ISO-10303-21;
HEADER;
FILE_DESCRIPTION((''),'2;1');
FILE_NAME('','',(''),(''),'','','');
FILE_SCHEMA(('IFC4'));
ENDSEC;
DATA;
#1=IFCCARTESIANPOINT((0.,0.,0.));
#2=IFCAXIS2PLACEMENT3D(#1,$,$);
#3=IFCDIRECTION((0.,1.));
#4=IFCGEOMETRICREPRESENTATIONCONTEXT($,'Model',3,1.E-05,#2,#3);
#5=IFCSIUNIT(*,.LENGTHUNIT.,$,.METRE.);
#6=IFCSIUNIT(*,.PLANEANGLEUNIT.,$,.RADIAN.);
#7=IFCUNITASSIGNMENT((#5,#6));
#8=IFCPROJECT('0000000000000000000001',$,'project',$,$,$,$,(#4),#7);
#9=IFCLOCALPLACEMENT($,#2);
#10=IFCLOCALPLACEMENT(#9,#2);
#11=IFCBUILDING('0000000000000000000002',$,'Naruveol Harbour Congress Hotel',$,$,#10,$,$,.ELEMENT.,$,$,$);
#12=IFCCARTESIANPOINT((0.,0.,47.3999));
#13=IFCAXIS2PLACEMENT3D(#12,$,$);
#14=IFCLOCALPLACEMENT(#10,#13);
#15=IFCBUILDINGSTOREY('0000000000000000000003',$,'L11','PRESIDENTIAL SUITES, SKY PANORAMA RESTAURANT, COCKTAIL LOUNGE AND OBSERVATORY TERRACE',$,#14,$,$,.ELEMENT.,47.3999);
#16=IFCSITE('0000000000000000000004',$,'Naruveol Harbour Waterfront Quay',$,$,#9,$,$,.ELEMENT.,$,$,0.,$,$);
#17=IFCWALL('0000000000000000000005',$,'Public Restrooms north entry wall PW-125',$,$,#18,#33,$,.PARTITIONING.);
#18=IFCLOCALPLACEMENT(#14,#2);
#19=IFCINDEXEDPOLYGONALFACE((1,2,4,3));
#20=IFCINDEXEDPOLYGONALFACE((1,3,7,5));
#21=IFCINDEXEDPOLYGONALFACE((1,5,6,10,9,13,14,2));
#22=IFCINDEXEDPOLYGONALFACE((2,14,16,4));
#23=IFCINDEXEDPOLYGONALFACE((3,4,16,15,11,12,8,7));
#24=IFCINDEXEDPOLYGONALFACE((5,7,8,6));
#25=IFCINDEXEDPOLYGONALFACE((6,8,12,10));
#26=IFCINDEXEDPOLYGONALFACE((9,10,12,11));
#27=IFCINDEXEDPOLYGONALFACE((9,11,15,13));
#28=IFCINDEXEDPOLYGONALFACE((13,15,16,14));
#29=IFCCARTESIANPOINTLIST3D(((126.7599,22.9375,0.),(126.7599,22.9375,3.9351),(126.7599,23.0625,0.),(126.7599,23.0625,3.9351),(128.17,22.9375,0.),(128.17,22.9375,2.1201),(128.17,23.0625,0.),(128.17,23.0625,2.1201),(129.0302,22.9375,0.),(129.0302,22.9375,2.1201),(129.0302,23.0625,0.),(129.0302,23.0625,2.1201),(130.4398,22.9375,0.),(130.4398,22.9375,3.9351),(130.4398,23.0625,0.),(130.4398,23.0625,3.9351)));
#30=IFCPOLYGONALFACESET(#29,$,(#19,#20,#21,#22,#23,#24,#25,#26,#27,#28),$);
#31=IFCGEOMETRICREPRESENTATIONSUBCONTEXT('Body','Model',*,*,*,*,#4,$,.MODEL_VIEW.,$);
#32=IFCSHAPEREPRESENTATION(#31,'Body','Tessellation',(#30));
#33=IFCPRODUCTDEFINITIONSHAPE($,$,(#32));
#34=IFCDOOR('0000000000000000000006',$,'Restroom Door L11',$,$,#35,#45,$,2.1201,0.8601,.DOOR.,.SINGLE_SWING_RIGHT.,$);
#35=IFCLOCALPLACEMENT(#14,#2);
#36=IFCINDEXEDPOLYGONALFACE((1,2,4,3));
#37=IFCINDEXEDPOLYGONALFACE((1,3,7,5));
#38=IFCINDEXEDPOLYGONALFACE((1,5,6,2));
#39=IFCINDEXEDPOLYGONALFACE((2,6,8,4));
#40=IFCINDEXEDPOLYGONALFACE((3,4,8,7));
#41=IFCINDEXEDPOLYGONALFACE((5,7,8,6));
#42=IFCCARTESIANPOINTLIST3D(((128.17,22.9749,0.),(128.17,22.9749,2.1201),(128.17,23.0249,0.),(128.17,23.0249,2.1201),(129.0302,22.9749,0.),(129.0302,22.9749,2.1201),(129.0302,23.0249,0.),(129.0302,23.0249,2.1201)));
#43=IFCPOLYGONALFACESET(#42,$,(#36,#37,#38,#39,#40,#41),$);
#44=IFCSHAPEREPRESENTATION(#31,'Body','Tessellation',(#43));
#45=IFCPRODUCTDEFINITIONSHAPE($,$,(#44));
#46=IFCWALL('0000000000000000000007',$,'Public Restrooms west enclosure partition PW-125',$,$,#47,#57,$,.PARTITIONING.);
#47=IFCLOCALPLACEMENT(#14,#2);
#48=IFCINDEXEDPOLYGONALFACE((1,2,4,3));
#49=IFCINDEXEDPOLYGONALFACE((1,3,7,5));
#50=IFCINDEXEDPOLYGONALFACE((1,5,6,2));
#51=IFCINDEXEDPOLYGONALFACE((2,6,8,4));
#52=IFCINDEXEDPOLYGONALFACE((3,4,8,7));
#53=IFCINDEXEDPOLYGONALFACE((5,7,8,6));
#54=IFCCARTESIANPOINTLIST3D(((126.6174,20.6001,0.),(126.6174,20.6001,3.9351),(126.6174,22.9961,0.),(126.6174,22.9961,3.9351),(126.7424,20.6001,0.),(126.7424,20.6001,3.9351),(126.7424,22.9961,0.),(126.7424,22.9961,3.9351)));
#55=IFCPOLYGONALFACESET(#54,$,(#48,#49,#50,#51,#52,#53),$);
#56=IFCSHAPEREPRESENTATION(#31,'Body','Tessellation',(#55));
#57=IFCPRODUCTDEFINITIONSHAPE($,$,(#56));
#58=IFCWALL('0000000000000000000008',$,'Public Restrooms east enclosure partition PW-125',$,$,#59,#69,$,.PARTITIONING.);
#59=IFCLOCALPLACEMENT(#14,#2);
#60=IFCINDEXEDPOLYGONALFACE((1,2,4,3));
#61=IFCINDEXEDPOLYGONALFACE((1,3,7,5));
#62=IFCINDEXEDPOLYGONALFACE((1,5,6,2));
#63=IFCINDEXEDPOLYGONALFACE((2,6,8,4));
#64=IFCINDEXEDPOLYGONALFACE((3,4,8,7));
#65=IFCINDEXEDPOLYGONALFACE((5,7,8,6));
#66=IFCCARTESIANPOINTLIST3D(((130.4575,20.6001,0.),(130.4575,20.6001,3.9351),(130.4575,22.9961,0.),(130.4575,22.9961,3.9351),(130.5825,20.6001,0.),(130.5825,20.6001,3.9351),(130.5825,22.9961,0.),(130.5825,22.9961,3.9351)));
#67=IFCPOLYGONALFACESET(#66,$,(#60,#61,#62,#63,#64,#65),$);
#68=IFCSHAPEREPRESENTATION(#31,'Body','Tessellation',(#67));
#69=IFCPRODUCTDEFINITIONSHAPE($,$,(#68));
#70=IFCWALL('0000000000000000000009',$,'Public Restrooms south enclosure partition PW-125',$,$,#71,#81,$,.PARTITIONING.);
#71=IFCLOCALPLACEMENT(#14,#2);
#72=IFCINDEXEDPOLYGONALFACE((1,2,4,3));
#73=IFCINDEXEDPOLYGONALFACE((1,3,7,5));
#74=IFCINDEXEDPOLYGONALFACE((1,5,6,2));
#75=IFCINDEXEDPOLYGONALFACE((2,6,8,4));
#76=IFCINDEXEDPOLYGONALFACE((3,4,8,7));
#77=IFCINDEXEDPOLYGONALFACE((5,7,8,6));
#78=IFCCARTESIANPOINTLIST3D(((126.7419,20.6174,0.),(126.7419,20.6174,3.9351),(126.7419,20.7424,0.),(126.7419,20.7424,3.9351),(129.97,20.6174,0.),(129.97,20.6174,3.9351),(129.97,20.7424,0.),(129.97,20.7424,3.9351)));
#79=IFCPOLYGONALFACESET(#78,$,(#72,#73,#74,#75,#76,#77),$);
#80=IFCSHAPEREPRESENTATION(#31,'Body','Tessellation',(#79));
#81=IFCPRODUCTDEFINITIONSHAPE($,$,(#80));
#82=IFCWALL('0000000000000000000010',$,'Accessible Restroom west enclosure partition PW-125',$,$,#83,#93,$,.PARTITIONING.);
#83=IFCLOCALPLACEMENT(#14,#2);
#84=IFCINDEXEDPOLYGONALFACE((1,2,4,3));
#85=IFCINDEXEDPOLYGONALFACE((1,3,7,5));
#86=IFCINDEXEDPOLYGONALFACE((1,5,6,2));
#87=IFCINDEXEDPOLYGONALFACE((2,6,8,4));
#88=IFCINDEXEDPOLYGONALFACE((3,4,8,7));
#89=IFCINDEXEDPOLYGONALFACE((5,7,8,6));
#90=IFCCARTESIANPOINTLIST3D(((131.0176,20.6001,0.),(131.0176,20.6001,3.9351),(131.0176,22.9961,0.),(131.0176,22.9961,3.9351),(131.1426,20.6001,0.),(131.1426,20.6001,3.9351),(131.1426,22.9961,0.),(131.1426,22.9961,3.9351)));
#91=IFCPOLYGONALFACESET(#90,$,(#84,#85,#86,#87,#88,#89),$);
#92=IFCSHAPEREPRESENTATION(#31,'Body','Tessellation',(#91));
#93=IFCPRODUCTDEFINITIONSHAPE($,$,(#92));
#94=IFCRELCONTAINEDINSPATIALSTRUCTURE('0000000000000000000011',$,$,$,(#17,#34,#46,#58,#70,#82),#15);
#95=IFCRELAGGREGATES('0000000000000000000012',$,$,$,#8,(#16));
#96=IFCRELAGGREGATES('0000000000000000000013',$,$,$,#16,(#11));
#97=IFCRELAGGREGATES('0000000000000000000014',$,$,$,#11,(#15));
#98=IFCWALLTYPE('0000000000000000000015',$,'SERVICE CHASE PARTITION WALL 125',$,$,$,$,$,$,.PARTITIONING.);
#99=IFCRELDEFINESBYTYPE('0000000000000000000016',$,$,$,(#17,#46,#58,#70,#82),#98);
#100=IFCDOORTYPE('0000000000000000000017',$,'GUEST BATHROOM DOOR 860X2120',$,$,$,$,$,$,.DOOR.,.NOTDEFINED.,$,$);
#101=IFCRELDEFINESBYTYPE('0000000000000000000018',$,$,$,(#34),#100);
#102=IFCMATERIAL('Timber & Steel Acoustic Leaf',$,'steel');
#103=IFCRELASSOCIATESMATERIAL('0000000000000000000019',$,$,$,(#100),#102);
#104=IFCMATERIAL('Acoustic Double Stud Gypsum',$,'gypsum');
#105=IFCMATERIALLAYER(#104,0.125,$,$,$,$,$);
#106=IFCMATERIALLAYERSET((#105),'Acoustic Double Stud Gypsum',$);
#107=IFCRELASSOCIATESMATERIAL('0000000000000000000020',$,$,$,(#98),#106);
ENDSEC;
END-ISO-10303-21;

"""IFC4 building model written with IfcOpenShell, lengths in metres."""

from ifc_helpers import new_model, si_unit, direction, frame, frame_2d, origin, place, context, subcontext, project, spatial, rectangle, extrude, material, layer, layer_set, type_object, element, fill, save


model = new_model("IFC4")

# Units and contexts
model_context = context("Model", 3, precision=1e-05, world=origin(), true_north=direction((0.0, 1.0)))
body_context = subcontext(model_context, "Body", "Model", "MODEL_VIEW")
ifc_project = project(units=[si_unit("LENGTHUNIT", "METRE"), si_unit("PLANEANGLEUNIT", "RADIAN")], contexts=[model_context])

# Site, building, storey
site_placement = place(None, origin())
site = spatial("IfcSite", under=ifc_project, at=site_placement, Name="Naruveol Harbour Waterfront Quay", CompositionType="ELEMENT", RefElevation=0.0)
building_placement = place(site_placement, origin())
building = spatial("IfcBuilding", under=site, at=building_placement, Name="Naruveol Harbour Congress Hotel", CompositionType="ELEMENT")
storey_placement = place(building_placement, frame((0.0, 0.0, 47.3999)))
storey = spatial("IfcBuildingStorey", under=building, at=storey_placement, Name="L11", Description="PRESIDENTIAL SUITES, SKY PANORAMA RESTAURANT, COCKTAIL LOUNGE AND OBSERVATORY TERRACE", CompositionType="ELEMENT", Elevation=47.3999)

# Shared definitions
ifc_material_1 = material(Name="Timber & Steel Acoustic Leaf", Category="steel")
door_type_1 = type_object("IfcDoorType", Name="GUEST BATHROOM DOOR 860X2120", OperationType="NOTDEFINED", PredefinedType="DOOR", material=ifc_material_1)

# Wall, opening, door
ifc_material_2 = material(Name="Acoustic Double Stud Gypsum", Category="gypsum")
ifc_layer_1 = layer(ifc_material_2, 0.125)
ifc_layer_set_1 = layer_set([ifc_layer_1], Name="Acoustic Double Stud Gypsum")
wall_type_1 = type_object("IfcWallType", Name="SERVICE CHASE PARTITION WALL 125", PredefinedType="PARTITIONING", material=ifc_layer_set_1)
wall_1_placement = place(storey_placement, frame((126.76, 23.0, 0.0), z_axis=(0.0, 0.0, 1.0), x_axis=(1.0, 0.0, 0.0)))
wall_1 = element("IfcWall", 1, at=wall_1_placement, inside=storey, type_object=wall_type_1, Name="Public Restrooms north entry wall PW-125", PredefinedType="PARTITIONING", context=body_context, shape_type="SweptSolid", body=[
    extrude(rectangle(XDim=3.6799, YDim=0.125, at=frame_2d((1.8398, 0.0))), origin(), (0.0, 0.0, 1.0), 3.9351),
])
opening_1_placement = place(wall_1_placement, frame((1.4099, 0.0, 0.0)))
opening_1 = element("IfcOpeningElement", 2, at=opening_1_placement, cuts=wall_1, PredefinedType="OPENING", context=body_context, shape_type="SweptSolid", body=[
    extrude(rectangle(XDim=0.8601, YDim=2.1201, at=frame_2d((0.4302, 1.0601))), frame((0.0, 0.0725, 0.0), z_axis=(0.0, -1.0, 0.0), x_axis=(1.0, 0.0, 0.0)), (0.0, 0.0, 1.0), 0.145),
])
door_1_placement = place(opening_1_placement, origin())
door_1 = element("IfcDoor", 3, at=door_1_placement, inside=storey, type_object=door_type_1, Name="Restroom Door L11", OperationType="SINGLE_SWING_RIGHT", OverallHeight=2.1201, OverallWidth=0.8601, PredefinedType="DOOR", context=body_context, shape_type="SweptSolid", body=[
    extrude(rectangle(XDim=0.8601, YDim=2.1201, at=frame_2d((0.4302, 1.0601))), frame((0.0, 0.0249, 0.0), z_axis=(0.0, -1.0, 0.0), x_axis=(1.0, 0.0, 0.0)), (0.0, 0.0, 1.0), 0.05),
])
fill(opening_1, door_1)

# Walls
for number, where, z_axis, x_axis, name in (
    (4, (126.6799, 20.6001, 0.0), (0.0, 0.0, 1.0), (0.0, 1.0, 0.0), "Public Restrooms west enclosure partition PW-125"),
    (5, (130.52, 20.6001, 0.0), (0.0, 0.0, 1.0), (0.0, 1.0, 0.0), "Public Restrooms east enclosure partition PW-125"),
):
    element("IfcWall", number, at=place(storey_placement, frame(where, z_axis=z_axis, x_axis=x_axis)), inside=storey, type_object=wall_type_1, Name=name, PredefinedType="PARTITIONING", context=body_context, shape_type="SweptSolid", body=[
        extrude(rectangle(XDim=2.396, YDim=0.125, at=frame_2d((1.198, 0.0))), origin(), (0.0, 0.0, 1.0), 3.9351),
    ])
wall_2_placement = place(storey_placement, frame((126.7419, 20.6799, 0.0), z_axis=(0.0, 0.0, 1.0), x_axis=(1.0, 0.0, 0.0)))
element("IfcWall", 6, at=wall_2_placement, inside=storey, type_object=wall_type_1, Name="Public Restrooms south enclosure partition PW-125", PredefinedType="PARTITIONING", context=body_context, shape_type="SweptSolid", body=[
    extrude(rectangle(XDim=3.228, YDim=0.125, at=frame_2d((1.614, 0.0))), origin(), (0.0, 0.0, 1.0), 3.9351),
])
wall_3_placement = place(storey_placement, frame((131.0801, 20.6001, 0.0), z_axis=(0.0, 0.0, 1.0), x_axis=(0.0, 1.0, 0.0)))
element("IfcWall", 7, at=wall_3_placement, inside=storey, type_object=wall_type_1, Name="Accessible Restroom west enclosure partition PW-125", PredefinedType="PARTITIONING", context=body_context, shape_type="SweptSolid", body=[
    extrude(rectangle(XDim=2.396, YDim=0.125, at=frame_2d((1.198, 0.0))), origin(), (0.0, 0.0, 1.0), 3.9351),
])

save(model, "model.ifc")
